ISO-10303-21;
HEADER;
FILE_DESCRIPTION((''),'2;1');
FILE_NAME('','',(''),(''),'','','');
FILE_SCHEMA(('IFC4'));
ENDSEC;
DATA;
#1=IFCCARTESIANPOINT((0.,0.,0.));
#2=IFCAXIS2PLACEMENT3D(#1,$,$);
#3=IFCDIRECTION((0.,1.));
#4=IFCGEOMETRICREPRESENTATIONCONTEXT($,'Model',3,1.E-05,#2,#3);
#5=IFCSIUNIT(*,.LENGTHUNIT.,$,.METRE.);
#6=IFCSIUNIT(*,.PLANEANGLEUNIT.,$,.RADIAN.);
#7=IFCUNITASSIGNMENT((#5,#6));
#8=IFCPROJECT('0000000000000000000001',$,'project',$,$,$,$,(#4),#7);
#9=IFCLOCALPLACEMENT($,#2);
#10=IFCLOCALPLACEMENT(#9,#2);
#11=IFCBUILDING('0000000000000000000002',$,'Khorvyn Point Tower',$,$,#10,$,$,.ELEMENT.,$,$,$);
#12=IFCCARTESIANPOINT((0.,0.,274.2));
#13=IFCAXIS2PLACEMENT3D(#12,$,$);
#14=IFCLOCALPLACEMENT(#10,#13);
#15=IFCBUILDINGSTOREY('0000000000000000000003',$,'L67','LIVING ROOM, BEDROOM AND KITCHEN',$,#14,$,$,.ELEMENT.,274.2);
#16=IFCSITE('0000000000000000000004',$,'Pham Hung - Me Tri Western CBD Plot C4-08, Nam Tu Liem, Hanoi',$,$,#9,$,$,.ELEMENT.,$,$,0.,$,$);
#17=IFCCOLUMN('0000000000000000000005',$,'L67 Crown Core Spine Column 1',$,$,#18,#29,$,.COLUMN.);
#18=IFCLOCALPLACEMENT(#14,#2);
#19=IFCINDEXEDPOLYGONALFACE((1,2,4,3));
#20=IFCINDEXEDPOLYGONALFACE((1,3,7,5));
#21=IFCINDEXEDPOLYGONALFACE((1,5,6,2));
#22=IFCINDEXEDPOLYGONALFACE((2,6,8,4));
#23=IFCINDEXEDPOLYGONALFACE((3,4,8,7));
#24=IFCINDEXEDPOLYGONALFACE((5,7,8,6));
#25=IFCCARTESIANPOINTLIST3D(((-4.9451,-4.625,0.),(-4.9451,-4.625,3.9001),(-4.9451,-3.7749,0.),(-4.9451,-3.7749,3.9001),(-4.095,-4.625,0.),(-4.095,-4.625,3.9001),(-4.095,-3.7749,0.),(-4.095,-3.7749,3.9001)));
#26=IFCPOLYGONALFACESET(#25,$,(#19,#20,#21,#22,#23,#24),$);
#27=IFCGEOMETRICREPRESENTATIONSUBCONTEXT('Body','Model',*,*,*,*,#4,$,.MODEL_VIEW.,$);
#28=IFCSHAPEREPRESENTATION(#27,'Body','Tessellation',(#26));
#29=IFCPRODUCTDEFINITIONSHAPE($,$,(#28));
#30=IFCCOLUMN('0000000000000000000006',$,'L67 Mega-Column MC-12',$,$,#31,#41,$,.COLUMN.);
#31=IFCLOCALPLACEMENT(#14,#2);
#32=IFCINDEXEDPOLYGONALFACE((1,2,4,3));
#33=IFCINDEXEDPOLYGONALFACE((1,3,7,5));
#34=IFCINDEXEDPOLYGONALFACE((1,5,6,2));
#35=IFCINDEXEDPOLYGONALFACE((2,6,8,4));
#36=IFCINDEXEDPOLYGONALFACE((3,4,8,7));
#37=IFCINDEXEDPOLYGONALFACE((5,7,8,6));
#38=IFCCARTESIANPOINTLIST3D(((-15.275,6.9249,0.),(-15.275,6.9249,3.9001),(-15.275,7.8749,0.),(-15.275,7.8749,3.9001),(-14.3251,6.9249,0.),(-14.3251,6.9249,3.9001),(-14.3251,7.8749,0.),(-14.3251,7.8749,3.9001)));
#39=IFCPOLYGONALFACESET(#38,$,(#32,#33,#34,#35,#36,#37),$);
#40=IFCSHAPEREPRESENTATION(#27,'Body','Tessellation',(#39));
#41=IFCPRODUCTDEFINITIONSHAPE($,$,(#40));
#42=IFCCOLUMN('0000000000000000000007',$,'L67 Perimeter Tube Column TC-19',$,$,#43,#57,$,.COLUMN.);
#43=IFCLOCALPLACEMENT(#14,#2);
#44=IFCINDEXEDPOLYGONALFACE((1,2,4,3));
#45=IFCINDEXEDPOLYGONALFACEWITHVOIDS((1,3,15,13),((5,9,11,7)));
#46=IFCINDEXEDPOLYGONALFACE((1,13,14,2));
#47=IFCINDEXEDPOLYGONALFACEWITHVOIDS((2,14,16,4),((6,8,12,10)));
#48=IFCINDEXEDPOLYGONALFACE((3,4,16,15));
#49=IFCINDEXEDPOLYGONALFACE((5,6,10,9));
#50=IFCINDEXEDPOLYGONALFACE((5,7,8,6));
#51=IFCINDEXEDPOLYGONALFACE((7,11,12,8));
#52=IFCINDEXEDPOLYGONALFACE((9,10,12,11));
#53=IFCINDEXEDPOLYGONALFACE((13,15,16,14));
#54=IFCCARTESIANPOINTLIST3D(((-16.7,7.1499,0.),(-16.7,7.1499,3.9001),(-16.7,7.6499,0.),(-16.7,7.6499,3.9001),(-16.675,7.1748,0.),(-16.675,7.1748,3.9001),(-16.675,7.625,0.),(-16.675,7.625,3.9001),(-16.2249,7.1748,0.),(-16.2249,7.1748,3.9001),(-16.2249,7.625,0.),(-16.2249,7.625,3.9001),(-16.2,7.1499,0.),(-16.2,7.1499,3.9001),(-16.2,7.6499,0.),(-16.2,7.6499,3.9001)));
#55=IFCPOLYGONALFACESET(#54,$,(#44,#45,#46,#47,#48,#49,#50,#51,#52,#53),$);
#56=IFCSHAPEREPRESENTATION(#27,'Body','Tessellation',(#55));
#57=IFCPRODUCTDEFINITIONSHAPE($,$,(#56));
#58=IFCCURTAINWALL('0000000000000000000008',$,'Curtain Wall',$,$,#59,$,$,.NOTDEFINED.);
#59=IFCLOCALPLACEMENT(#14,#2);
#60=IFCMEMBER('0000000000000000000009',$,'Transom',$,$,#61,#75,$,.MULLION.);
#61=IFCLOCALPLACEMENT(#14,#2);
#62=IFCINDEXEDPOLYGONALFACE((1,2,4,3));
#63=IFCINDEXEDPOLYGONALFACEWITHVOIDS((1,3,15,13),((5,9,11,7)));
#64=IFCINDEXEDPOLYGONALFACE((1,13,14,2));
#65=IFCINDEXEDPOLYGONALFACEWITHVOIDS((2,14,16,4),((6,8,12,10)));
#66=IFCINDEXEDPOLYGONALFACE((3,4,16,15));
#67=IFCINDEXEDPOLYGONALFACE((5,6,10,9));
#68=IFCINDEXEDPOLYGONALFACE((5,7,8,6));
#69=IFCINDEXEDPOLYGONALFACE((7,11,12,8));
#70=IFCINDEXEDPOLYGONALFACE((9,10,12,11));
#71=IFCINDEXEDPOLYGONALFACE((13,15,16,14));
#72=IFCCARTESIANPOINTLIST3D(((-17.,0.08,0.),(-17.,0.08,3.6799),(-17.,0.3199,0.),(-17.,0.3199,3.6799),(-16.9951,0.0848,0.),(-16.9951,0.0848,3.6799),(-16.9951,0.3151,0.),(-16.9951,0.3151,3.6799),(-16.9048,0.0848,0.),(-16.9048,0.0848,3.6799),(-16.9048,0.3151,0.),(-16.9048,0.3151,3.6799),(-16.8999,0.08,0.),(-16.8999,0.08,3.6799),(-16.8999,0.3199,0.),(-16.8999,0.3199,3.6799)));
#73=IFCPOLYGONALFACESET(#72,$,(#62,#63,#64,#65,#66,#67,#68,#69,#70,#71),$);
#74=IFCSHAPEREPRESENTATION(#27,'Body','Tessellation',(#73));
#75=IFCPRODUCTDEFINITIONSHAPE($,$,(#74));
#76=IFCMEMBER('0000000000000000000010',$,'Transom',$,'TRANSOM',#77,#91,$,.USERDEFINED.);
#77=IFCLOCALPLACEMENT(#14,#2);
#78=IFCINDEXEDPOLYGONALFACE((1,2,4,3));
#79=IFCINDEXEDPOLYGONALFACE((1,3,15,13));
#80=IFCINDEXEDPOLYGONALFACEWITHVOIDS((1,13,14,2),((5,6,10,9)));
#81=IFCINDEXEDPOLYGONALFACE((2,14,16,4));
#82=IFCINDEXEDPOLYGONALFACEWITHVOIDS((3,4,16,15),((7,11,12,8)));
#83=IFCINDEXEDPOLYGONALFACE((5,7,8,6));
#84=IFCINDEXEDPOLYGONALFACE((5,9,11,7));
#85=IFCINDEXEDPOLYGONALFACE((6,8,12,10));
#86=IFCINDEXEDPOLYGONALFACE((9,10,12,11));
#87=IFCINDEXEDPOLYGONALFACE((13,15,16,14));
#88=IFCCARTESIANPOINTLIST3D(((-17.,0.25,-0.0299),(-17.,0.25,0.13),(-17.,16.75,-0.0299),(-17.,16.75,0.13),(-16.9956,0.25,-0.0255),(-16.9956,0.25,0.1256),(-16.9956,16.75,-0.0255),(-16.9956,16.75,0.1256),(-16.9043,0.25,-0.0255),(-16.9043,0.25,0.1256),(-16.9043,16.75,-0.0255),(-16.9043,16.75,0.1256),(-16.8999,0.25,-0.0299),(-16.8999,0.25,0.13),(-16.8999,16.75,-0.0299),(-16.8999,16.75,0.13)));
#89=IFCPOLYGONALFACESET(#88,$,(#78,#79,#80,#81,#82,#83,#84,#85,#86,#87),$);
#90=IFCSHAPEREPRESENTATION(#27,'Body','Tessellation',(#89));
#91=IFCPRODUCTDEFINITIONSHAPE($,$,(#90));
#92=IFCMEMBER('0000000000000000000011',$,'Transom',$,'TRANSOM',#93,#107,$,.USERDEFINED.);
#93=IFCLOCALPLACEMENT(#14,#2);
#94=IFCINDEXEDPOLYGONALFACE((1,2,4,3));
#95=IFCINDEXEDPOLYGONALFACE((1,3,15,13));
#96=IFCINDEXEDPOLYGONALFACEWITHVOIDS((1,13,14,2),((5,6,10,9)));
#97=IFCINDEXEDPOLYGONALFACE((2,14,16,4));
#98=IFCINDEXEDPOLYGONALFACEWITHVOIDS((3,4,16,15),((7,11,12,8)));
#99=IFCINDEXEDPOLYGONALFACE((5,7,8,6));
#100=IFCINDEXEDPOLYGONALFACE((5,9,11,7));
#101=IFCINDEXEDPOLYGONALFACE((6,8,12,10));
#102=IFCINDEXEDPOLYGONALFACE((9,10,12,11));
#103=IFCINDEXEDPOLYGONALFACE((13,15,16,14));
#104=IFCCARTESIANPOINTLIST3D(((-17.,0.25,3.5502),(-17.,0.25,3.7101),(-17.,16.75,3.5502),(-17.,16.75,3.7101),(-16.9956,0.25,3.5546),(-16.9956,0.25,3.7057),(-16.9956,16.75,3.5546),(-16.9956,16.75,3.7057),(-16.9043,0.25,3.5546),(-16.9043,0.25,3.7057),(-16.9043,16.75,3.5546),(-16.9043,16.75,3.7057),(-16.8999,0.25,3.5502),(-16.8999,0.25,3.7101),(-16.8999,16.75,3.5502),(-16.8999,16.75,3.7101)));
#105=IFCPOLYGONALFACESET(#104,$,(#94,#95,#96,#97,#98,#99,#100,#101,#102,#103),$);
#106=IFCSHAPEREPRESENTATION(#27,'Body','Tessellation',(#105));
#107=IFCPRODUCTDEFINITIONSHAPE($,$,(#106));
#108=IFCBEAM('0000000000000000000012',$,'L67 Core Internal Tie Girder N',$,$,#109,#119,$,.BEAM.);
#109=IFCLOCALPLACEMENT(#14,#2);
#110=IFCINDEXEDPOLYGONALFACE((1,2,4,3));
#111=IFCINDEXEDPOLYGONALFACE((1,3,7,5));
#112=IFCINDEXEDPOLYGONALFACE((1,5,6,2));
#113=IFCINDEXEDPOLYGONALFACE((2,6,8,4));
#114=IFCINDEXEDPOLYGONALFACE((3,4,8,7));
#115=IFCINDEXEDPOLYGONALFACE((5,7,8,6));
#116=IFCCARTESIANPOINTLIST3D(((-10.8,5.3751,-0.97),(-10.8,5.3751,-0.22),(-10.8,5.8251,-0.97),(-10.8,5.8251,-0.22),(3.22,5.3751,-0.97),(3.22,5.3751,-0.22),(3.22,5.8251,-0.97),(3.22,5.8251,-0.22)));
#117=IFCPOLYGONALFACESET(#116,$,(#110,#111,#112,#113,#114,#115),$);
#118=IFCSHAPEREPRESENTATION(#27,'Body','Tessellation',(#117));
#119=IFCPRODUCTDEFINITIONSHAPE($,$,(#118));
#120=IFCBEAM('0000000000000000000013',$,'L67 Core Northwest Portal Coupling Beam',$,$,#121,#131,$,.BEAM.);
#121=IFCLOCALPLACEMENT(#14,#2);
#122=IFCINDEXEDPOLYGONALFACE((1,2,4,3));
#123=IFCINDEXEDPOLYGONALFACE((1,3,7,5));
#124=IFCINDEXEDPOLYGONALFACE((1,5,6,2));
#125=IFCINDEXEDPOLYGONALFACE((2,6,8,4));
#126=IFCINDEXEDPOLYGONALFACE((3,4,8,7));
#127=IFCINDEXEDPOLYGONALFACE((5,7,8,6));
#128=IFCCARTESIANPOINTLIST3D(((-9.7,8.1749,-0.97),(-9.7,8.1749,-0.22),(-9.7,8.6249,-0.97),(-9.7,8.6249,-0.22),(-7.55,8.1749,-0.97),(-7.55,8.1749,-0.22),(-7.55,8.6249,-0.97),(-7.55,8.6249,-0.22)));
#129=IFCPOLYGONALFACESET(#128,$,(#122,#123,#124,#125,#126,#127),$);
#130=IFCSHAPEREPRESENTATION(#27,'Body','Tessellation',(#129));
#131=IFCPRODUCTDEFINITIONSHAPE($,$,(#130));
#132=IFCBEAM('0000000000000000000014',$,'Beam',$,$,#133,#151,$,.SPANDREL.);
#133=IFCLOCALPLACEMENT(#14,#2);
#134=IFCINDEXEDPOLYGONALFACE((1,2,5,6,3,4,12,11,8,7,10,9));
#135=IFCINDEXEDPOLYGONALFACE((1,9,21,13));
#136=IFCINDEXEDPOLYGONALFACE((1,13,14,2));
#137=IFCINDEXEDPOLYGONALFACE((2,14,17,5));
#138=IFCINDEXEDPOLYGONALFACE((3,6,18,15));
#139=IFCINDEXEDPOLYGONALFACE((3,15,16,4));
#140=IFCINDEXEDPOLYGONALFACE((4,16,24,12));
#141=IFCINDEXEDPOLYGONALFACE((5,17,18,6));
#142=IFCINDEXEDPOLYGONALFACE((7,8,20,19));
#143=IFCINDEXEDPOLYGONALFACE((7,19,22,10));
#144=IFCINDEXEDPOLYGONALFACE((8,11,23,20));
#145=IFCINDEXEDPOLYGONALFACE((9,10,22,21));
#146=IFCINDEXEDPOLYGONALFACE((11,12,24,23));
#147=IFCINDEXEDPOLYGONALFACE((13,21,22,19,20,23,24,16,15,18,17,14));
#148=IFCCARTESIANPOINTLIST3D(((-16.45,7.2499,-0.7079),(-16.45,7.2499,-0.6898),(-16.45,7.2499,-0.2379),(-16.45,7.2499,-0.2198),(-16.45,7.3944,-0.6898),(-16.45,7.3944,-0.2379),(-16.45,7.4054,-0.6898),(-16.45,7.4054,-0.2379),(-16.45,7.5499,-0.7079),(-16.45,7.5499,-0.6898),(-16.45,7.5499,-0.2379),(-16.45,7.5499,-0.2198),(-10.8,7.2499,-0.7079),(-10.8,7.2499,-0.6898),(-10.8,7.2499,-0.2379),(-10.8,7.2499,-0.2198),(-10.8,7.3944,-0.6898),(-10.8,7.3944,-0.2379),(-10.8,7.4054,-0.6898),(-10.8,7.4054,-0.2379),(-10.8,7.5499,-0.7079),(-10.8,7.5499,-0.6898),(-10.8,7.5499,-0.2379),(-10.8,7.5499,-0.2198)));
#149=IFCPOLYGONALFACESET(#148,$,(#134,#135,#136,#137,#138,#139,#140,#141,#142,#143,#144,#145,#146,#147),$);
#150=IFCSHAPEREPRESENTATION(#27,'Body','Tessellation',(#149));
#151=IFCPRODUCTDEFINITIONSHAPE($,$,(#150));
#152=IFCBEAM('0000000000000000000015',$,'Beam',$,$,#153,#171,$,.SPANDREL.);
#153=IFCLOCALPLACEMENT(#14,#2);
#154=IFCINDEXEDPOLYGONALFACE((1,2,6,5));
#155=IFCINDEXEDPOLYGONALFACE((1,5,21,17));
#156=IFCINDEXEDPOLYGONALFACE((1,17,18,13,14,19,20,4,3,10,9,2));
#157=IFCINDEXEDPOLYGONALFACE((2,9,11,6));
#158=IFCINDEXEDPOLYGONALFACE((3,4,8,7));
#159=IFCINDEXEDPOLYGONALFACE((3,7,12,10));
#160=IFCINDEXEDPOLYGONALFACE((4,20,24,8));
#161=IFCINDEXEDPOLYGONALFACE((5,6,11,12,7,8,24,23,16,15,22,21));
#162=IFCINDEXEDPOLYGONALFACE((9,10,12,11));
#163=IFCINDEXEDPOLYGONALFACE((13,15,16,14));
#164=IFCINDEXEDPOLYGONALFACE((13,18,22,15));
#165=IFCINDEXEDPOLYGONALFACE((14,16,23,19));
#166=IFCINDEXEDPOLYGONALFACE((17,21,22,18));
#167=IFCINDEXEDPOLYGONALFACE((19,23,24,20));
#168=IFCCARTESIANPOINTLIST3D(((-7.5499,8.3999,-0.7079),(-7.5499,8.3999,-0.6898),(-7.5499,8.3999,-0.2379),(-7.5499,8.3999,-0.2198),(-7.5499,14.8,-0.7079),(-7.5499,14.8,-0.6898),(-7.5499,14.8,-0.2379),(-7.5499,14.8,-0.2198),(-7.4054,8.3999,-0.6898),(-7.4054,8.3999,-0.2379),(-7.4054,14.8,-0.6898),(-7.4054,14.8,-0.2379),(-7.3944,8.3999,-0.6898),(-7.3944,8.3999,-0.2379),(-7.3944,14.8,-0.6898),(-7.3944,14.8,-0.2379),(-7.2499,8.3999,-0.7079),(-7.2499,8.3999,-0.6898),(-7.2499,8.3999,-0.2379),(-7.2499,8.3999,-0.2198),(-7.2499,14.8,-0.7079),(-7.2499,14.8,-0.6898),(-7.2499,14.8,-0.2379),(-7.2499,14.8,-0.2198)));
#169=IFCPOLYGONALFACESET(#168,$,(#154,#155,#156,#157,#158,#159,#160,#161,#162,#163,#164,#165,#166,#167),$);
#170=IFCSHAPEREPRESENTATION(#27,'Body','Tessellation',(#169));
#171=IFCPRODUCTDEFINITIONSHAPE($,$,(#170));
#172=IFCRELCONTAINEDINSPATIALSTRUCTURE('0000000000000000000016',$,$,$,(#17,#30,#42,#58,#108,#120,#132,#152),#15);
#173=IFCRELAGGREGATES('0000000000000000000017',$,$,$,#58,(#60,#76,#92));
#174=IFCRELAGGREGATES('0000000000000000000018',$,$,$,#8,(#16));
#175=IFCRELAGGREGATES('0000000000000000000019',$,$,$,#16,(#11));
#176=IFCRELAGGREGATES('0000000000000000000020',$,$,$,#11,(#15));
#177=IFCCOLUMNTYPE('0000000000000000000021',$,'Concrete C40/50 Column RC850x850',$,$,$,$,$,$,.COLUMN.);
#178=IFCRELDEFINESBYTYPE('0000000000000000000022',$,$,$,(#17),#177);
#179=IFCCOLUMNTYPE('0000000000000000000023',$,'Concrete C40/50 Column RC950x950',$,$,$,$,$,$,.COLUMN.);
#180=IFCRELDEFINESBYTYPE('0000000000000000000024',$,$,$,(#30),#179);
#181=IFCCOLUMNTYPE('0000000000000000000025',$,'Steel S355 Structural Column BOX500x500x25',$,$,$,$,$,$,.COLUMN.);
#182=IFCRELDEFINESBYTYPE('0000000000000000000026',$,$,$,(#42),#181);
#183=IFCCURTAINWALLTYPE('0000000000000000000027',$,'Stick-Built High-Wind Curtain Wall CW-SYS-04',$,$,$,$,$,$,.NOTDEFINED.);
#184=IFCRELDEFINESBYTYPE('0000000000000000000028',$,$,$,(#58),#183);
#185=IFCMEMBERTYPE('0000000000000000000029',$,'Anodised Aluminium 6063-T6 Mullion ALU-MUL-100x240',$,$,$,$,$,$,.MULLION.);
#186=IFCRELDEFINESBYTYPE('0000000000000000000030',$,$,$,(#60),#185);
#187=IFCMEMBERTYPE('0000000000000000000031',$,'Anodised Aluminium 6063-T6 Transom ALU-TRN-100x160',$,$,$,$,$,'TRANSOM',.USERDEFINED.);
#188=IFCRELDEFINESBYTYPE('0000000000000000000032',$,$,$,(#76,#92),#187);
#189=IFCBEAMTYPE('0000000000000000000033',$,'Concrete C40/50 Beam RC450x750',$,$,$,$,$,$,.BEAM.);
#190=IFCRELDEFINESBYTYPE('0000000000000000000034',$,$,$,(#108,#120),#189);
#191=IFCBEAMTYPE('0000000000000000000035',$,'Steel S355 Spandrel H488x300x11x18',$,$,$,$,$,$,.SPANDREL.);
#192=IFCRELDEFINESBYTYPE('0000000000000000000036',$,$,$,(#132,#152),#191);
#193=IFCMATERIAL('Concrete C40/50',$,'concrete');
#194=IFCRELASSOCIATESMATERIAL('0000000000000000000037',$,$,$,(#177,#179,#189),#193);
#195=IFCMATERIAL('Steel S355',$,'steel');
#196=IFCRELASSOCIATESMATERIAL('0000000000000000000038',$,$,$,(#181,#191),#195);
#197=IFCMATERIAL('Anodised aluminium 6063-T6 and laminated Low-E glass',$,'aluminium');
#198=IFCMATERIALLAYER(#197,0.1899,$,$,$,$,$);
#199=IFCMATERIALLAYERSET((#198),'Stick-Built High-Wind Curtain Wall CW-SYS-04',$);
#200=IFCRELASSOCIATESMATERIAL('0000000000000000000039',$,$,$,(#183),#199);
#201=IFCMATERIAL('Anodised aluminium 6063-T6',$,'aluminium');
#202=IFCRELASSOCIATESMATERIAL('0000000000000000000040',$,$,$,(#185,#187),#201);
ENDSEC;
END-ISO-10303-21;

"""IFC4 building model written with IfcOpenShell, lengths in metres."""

from ifc_helpers import new_model, si_unit, direction, frame, origin, origin_2d, place, context, subcontext, project, spatial, rectangle, hollow_rectangle, i_section, extrude, material, layer, layer_set, material_profile, profile_set, type_object, element, aggregate, save


model = new_model("IFC4")

# Units and contexts
model_context = context("Model", 3, precision=1e-05, world=origin(), true_north=direction((0.0, 1.0)))
body_context = subcontext(model_context, "Body", "Model", "MODEL_VIEW")
ifc_project = project(units=[si_unit("LENGTHUNIT", "METRE"), si_unit("PLANEANGLEUNIT", "RADIAN")], contexts=[model_context])

# Site, building, storey
site_placement = place(None, origin())
site = spatial("IfcSite", under=ifc_project, at=site_placement, Name="Pham Hung - Me Tri Western CBD Plot C4-08, Nam Tu Liem, Hanoi", CompositionType="ELEMENT", RefElevation=0.0)
building_placement = place(site_placement, origin())
building = spatial("IfcBuilding", under=site, at=building_placement, Name="Khorvyn Point Tower", CompositionType="ELEMENT")
storey_placement = place(building_placement, frame((0.0, 0.0, 274.2)))
storey = spatial("IfcBuildingStorey", under=building, at=storey_placement, Name="L67", Description="LIVING ROOM, BEDROOM AND KITCHEN", CompositionType="ELEMENT", Elevation=274.2)

# Columns
ifc_material_1 = material(Name="Concrete C40/50", Category="concrete")
ifc_material_profile_1 = material_profile(ifc_material_1, rectangle(XDim=0.8501, YDim=0.8501, at=origin_2d()))
ifc_profile_set_1 = profile_set([ifc_material_profile_1], Name="Concrete C40/50 RC850x850")
column_type_1 = type_object("IfcColumnType", Name="Concrete C40/50 Column RC850x850", PredefinedType="COLUMN", material=ifc_profile_set_1)
column_1_placement = place(storey_placement, frame((-4.52, -4.2, 0.0), z_axis=(0.0, 0.0, 1.0), x_axis=(1.0, 0.0, 0.0)))
element("IfcColumn", 1, at=column_1_placement, inside=storey, type_object=column_type_1, Name="L67 Crown Core Spine Column 1", PredefinedType="COLUMN", context=body_context, shape_type="SweptSolid", body=[
    extrude(rectangle(XDim=0.8501, YDim=0.8501, at=origin_2d()), origin(), (0.0, 0.0, 1.0), 3.9001),
])
ifc_material_profile_2 = material_profile(ifc_material_1, rectangle(XDim=0.95, YDim=0.95, at=origin_2d()))
ifc_profile_set_2 = profile_set([ifc_material_profile_2], Name="Concrete C40/50 RC950x950")
column_type_2 = type_object("IfcColumnType", Name="Concrete C40/50 Column RC950x950", PredefinedType="COLUMN", material=ifc_profile_set_2)
column_2_placement = place(storey_placement, frame((-14.8, 7.3999, 0.0), z_axis=(0.0, 0.0, 1.0), x_axis=(1.0, 0.0, 0.0)))
element("IfcColumn", 2, at=column_2_placement, inside=storey, type_object=column_type_2, Name="L67 Mega-Column MC-12", PredefinedType="COLUMN", context=body_context, shape_type="SweptSolid", body=[
    extrude(rectangle(XDim=0.95, YDim=0.95, at=origin_2d()), origin(), (0.0, 0.0, 1.0), 3.9001),
])
ifc_material_2 = material(Name="Steel S355", Category="steel")
ifc_material_profile_3 = material_profile(ifc_material_2, hollow_rectangle(XDim=0.5, YDim=0.5, WallThickness=0.0249, at=origin_2d()))
ifc_profile_set_3 = profile_set([ifc_material_profile_3], Name="Steel S355 BOX500x500x25")
column_type_3 = type_object("IfcColumnType", Name="Steel S355 Structural Column BOX500x500x25", PredefinedType="COLUMN", material=ifc_profile_set_3)
column_3_placement = place(storey_placement, frame((-16.45, 7.3999, 0.0), z_axis=(0.0, 0.0, 1.0), x_axis=(1.0, 0.0, 0.0)))
element("IfcColumn", 3, at=column_3_placement, inside=storey, type_object=column_type_3, Name="L67 Perimeter Tube Column TC-19", PredefinedType="COLUMN", context=body_context, shape_type="SweptSolid", body=[
    extrude(hollow_rectangle(XDim=0.5, YDim=0.5, WallThickness=0.0249, at=origin_2d()), origin(), (0.0, 0.0, 1.0), 3.9001),
])

# Curtain wall, members
ifc_material_3 = material(Name="Anodised aluminium 6063-T6 and laminated Low-E glass", Category="aluminium")
ifc_layer_1 = layer(ifc_material_3, 0.1899)
ifc_layer_set_1 = layer_set([ifc_layer_1], Name="Stick-Built High-Wind Curtain Wall CW-SYS-04")
curtain_wall_type = type_object("IfcCurtainWallType", Name="Stick-Built High-Wind Curtain Wall CW-SYS-04", PredefinedType="NOTDEFINED", material=ifc_layer_set_1)
curtain_wall_placement = place(storey_placement, origin())
curtain_wall = element("IfcCurtainWall", 4, at=curtain_wall_placement, inside=storey, type_object=curtain_wall_type, Name="Curtain Wall", PredefinedType="NOTDEFINED")
ifc_material_4 = material(Name="Anodised aluminium 6063-T6", Category="aluminium")
ifc_material_profile_4 = material_profile(ifc_material_4, hollow_rectangle(XDim=0.1001, YDim=0.24, WallThickness=0.0049, at=origin_2d()))
ifc_profile_set_4 = profile_set([ifc_material_profile_4], Name="Anodised aluminium 6063-T6 ALU-MUL-100x240")
member_type_1 = type_object("IfcMemberType", Name="Anodised Aluminium 6063-T6 Mullion ALU-MUL-100x240", PredefinedType="MULLION", material=ifc_profile_set_4)
member_1_placement = place(storey_placement, frame((-16.95, 0.2, 0.0), z_axis=(0.0, 0.0, 1.0), x_axis=(-1.0, 0.0, 0.0)))
member_1 = element("IfcMember", 5, at=member_1_placement, type_object=member_type_1, Name="Transom", PredefinedType="MULLION", context=body_context, shape_type="SweptSolid", body=[
    extrude(hollow_rectangle(XDim=0.1001, YDim=0.24, WallThickness=0.0049, at=origin_2d()), origin(), (0.0, 0.0, 1.0), 3.6799),
])
ifc_material_profile_5 = material_profile(ifc_material_4, hollow_rectangle(XDim=0.1001, YDim=0.1599, WallThickness=0.0044, at=origin_2d()))
ifc_profile_set_5 = profile_set([ifc_material_profile_5], Name="Anodised aluminium 6063-T6 ALU-TRN-100x160")
member_type_2 = type_object("IfcMemberType", Name="Anodised Aluminium 6063-T6 Transom ALU-TRN-100x160", ElementType="TRANSOM", PredefinedType="USERDEFINED", material=ifc_profile_set_5)
member_2_placement = place(storey_placement, frame((-16.95, 0.25, 0.05), z_axis=(0.0, 1.0, 0.0), x_axis=(-1.0, 0.0, 0.0)))
member_2 = element("IfcMember", 6, at=member_2_placement, type_object=member_type_2, Name="Transom", ObjectType="TRANSOM", PredefinedType="USERDEFINED", context=body_context, shape_type="SweptSolid", body=[
    extrude(hollow_rectangle(XDim=0.1001, YDim=0.1599, WallThickness=0.0044, at=origin_2d()), origin(), (0.0, 0.0, 1.0), 16.5),
])
member_3_placement = place(storey_placement, frame((-16.95, 0.25, 3.6301), z_axis=(0.0, 1.0, 0.0), x_axis=(-1.0, 0.0, 0.0)))
member_3 = element("IfcMember", 7, at=member_3_placement, type_object=member_type_2, Name="Transom", ObjectType="TRANSOM", PredefinedType="USERDEFINED", context=body_context, shape_type="SweptSolid", body=[
    extrude(hollow_rectangle(XDim=0.1001, YDim=0.1599, WallThickness=0.0044, at=origin_2d()), origin(), (0.0, 0.0, 1.0), 16.5),
])

# Beams
ifc_material_profile_6 = material_profile(ifc_material_1, rectangle(XDim=0.45, YDim=0.75, at=origin_2d()))
ifc_profile_set_6 = profile_set([ifc_material_profile_6], Name="Concrete C40/50 RC450x750")
beam_type_1 = type_object("IfcBeamType", Name="Concrete C40/50 Beam RC450x750", PredefinedType="BEAM", material=ifc_profile_set_6)
beam_1_placement = place(storey_placement, frame((-10.8, 5.6001, -0.595), z_axis=(1.0, 0.0, 0.0), x_axis=(0.0, 1.0, 0.0)))
element("IfcBeam", 8, at=beam_1_placement, inside=storey, type_object=beam_type_1, Name="L67 Core Internal Tie Girder N", PredefinedType="BEAM", context=body_context, shape_type="SweptSolid", body=[
    extrude(rectangle(XDim=0.45, YDim=0.75, at=origin_2d()), origin(), (0.0, 0.0, 1.0), 14.02),
])
beam_2_placement = place(storey_placement, frame((-9.7, 8.3999, -0.595), z_axis=(1.0, 0.0, 0.0), x_axis=(0.0, 1.0, 0.0)))
element("IfcBeam", 9, at=beam_2_placement, inside=storey, type_object=beam_type_1, Name="L67 Core Northwest Portal Coupling Beam", PredefinedType="BEAM", context=body_context, shape_type="SweptSolid", body=[
    extrude(rectangle(XDim=0.45, YDim=0.75, at=origin_2d()), origin(), (0.0, 0.0, 1.0), 2.1499),
])
ifc_material_profile_7 = material_profile(ifc_material_2, i_section(OverallWidth=0.3, OverallDepth=0.488, WebThickness=0.011, FlangeThickness=0.0181, at=origin_2d()))
ifc_profile_set_7 = profile_set([ifc_material_profile_7], Name="Steel S355 H488x300x11x18")
beam_type_2 = type_object("IfcBeamType", Name="Steel S355 Spandrel H488x300x11x18", PredefinedType="SPANDREL", material=ifc_profile_set_7)
beam_3_placement = place(storey_placement, frame((-16.45, 7.3999, -0.4639), z_axis=(1.0, 0.0, 0.0), x_axis=(0.0, 1.0, 0.0)))
element("IfcBeam", 10, at=beam_3_placement, inside=storey, type_object=beam_type_2, Name="Beam", PredefinedType="SPANDREL", context=body_context, shape_type="SweptSolid", body=[
    extrude(i_section(OverallWidth=0.3, OverallDepth=0.488, WebThickness=0.011, FlangeThickness=0.0181, at=origin_2d()), origin(), (0.0, 0.0, 1.0), 5.6499),
])
beam_4_placement = place(storey_placement, frame((-7.3999, 8.3999, -0.4639), z_axis=(0.0, 1.0, 0.0), x_axis=(-1.0, 0.0, 0.0)))
element("IfcBeam", 11, at=beam_4_placement, inside=storey, type_object=beam_type_2, Name="Beam", PredefinedType="SPANDREL", context=body_context, shape_type="SweptSolid", body=[
    extrude(i_section(OverallWidth=0.3, OverallDepth=0.488, WebThickness=0.011, FlangeThickness=0.0181, at=origin_2d()), origin(), (0.0, 0.0, 1.0), 6.4001),
])

aggregate(curtain_wall, [member_1, member_2, member_3])

save(model, "model.ifc")
